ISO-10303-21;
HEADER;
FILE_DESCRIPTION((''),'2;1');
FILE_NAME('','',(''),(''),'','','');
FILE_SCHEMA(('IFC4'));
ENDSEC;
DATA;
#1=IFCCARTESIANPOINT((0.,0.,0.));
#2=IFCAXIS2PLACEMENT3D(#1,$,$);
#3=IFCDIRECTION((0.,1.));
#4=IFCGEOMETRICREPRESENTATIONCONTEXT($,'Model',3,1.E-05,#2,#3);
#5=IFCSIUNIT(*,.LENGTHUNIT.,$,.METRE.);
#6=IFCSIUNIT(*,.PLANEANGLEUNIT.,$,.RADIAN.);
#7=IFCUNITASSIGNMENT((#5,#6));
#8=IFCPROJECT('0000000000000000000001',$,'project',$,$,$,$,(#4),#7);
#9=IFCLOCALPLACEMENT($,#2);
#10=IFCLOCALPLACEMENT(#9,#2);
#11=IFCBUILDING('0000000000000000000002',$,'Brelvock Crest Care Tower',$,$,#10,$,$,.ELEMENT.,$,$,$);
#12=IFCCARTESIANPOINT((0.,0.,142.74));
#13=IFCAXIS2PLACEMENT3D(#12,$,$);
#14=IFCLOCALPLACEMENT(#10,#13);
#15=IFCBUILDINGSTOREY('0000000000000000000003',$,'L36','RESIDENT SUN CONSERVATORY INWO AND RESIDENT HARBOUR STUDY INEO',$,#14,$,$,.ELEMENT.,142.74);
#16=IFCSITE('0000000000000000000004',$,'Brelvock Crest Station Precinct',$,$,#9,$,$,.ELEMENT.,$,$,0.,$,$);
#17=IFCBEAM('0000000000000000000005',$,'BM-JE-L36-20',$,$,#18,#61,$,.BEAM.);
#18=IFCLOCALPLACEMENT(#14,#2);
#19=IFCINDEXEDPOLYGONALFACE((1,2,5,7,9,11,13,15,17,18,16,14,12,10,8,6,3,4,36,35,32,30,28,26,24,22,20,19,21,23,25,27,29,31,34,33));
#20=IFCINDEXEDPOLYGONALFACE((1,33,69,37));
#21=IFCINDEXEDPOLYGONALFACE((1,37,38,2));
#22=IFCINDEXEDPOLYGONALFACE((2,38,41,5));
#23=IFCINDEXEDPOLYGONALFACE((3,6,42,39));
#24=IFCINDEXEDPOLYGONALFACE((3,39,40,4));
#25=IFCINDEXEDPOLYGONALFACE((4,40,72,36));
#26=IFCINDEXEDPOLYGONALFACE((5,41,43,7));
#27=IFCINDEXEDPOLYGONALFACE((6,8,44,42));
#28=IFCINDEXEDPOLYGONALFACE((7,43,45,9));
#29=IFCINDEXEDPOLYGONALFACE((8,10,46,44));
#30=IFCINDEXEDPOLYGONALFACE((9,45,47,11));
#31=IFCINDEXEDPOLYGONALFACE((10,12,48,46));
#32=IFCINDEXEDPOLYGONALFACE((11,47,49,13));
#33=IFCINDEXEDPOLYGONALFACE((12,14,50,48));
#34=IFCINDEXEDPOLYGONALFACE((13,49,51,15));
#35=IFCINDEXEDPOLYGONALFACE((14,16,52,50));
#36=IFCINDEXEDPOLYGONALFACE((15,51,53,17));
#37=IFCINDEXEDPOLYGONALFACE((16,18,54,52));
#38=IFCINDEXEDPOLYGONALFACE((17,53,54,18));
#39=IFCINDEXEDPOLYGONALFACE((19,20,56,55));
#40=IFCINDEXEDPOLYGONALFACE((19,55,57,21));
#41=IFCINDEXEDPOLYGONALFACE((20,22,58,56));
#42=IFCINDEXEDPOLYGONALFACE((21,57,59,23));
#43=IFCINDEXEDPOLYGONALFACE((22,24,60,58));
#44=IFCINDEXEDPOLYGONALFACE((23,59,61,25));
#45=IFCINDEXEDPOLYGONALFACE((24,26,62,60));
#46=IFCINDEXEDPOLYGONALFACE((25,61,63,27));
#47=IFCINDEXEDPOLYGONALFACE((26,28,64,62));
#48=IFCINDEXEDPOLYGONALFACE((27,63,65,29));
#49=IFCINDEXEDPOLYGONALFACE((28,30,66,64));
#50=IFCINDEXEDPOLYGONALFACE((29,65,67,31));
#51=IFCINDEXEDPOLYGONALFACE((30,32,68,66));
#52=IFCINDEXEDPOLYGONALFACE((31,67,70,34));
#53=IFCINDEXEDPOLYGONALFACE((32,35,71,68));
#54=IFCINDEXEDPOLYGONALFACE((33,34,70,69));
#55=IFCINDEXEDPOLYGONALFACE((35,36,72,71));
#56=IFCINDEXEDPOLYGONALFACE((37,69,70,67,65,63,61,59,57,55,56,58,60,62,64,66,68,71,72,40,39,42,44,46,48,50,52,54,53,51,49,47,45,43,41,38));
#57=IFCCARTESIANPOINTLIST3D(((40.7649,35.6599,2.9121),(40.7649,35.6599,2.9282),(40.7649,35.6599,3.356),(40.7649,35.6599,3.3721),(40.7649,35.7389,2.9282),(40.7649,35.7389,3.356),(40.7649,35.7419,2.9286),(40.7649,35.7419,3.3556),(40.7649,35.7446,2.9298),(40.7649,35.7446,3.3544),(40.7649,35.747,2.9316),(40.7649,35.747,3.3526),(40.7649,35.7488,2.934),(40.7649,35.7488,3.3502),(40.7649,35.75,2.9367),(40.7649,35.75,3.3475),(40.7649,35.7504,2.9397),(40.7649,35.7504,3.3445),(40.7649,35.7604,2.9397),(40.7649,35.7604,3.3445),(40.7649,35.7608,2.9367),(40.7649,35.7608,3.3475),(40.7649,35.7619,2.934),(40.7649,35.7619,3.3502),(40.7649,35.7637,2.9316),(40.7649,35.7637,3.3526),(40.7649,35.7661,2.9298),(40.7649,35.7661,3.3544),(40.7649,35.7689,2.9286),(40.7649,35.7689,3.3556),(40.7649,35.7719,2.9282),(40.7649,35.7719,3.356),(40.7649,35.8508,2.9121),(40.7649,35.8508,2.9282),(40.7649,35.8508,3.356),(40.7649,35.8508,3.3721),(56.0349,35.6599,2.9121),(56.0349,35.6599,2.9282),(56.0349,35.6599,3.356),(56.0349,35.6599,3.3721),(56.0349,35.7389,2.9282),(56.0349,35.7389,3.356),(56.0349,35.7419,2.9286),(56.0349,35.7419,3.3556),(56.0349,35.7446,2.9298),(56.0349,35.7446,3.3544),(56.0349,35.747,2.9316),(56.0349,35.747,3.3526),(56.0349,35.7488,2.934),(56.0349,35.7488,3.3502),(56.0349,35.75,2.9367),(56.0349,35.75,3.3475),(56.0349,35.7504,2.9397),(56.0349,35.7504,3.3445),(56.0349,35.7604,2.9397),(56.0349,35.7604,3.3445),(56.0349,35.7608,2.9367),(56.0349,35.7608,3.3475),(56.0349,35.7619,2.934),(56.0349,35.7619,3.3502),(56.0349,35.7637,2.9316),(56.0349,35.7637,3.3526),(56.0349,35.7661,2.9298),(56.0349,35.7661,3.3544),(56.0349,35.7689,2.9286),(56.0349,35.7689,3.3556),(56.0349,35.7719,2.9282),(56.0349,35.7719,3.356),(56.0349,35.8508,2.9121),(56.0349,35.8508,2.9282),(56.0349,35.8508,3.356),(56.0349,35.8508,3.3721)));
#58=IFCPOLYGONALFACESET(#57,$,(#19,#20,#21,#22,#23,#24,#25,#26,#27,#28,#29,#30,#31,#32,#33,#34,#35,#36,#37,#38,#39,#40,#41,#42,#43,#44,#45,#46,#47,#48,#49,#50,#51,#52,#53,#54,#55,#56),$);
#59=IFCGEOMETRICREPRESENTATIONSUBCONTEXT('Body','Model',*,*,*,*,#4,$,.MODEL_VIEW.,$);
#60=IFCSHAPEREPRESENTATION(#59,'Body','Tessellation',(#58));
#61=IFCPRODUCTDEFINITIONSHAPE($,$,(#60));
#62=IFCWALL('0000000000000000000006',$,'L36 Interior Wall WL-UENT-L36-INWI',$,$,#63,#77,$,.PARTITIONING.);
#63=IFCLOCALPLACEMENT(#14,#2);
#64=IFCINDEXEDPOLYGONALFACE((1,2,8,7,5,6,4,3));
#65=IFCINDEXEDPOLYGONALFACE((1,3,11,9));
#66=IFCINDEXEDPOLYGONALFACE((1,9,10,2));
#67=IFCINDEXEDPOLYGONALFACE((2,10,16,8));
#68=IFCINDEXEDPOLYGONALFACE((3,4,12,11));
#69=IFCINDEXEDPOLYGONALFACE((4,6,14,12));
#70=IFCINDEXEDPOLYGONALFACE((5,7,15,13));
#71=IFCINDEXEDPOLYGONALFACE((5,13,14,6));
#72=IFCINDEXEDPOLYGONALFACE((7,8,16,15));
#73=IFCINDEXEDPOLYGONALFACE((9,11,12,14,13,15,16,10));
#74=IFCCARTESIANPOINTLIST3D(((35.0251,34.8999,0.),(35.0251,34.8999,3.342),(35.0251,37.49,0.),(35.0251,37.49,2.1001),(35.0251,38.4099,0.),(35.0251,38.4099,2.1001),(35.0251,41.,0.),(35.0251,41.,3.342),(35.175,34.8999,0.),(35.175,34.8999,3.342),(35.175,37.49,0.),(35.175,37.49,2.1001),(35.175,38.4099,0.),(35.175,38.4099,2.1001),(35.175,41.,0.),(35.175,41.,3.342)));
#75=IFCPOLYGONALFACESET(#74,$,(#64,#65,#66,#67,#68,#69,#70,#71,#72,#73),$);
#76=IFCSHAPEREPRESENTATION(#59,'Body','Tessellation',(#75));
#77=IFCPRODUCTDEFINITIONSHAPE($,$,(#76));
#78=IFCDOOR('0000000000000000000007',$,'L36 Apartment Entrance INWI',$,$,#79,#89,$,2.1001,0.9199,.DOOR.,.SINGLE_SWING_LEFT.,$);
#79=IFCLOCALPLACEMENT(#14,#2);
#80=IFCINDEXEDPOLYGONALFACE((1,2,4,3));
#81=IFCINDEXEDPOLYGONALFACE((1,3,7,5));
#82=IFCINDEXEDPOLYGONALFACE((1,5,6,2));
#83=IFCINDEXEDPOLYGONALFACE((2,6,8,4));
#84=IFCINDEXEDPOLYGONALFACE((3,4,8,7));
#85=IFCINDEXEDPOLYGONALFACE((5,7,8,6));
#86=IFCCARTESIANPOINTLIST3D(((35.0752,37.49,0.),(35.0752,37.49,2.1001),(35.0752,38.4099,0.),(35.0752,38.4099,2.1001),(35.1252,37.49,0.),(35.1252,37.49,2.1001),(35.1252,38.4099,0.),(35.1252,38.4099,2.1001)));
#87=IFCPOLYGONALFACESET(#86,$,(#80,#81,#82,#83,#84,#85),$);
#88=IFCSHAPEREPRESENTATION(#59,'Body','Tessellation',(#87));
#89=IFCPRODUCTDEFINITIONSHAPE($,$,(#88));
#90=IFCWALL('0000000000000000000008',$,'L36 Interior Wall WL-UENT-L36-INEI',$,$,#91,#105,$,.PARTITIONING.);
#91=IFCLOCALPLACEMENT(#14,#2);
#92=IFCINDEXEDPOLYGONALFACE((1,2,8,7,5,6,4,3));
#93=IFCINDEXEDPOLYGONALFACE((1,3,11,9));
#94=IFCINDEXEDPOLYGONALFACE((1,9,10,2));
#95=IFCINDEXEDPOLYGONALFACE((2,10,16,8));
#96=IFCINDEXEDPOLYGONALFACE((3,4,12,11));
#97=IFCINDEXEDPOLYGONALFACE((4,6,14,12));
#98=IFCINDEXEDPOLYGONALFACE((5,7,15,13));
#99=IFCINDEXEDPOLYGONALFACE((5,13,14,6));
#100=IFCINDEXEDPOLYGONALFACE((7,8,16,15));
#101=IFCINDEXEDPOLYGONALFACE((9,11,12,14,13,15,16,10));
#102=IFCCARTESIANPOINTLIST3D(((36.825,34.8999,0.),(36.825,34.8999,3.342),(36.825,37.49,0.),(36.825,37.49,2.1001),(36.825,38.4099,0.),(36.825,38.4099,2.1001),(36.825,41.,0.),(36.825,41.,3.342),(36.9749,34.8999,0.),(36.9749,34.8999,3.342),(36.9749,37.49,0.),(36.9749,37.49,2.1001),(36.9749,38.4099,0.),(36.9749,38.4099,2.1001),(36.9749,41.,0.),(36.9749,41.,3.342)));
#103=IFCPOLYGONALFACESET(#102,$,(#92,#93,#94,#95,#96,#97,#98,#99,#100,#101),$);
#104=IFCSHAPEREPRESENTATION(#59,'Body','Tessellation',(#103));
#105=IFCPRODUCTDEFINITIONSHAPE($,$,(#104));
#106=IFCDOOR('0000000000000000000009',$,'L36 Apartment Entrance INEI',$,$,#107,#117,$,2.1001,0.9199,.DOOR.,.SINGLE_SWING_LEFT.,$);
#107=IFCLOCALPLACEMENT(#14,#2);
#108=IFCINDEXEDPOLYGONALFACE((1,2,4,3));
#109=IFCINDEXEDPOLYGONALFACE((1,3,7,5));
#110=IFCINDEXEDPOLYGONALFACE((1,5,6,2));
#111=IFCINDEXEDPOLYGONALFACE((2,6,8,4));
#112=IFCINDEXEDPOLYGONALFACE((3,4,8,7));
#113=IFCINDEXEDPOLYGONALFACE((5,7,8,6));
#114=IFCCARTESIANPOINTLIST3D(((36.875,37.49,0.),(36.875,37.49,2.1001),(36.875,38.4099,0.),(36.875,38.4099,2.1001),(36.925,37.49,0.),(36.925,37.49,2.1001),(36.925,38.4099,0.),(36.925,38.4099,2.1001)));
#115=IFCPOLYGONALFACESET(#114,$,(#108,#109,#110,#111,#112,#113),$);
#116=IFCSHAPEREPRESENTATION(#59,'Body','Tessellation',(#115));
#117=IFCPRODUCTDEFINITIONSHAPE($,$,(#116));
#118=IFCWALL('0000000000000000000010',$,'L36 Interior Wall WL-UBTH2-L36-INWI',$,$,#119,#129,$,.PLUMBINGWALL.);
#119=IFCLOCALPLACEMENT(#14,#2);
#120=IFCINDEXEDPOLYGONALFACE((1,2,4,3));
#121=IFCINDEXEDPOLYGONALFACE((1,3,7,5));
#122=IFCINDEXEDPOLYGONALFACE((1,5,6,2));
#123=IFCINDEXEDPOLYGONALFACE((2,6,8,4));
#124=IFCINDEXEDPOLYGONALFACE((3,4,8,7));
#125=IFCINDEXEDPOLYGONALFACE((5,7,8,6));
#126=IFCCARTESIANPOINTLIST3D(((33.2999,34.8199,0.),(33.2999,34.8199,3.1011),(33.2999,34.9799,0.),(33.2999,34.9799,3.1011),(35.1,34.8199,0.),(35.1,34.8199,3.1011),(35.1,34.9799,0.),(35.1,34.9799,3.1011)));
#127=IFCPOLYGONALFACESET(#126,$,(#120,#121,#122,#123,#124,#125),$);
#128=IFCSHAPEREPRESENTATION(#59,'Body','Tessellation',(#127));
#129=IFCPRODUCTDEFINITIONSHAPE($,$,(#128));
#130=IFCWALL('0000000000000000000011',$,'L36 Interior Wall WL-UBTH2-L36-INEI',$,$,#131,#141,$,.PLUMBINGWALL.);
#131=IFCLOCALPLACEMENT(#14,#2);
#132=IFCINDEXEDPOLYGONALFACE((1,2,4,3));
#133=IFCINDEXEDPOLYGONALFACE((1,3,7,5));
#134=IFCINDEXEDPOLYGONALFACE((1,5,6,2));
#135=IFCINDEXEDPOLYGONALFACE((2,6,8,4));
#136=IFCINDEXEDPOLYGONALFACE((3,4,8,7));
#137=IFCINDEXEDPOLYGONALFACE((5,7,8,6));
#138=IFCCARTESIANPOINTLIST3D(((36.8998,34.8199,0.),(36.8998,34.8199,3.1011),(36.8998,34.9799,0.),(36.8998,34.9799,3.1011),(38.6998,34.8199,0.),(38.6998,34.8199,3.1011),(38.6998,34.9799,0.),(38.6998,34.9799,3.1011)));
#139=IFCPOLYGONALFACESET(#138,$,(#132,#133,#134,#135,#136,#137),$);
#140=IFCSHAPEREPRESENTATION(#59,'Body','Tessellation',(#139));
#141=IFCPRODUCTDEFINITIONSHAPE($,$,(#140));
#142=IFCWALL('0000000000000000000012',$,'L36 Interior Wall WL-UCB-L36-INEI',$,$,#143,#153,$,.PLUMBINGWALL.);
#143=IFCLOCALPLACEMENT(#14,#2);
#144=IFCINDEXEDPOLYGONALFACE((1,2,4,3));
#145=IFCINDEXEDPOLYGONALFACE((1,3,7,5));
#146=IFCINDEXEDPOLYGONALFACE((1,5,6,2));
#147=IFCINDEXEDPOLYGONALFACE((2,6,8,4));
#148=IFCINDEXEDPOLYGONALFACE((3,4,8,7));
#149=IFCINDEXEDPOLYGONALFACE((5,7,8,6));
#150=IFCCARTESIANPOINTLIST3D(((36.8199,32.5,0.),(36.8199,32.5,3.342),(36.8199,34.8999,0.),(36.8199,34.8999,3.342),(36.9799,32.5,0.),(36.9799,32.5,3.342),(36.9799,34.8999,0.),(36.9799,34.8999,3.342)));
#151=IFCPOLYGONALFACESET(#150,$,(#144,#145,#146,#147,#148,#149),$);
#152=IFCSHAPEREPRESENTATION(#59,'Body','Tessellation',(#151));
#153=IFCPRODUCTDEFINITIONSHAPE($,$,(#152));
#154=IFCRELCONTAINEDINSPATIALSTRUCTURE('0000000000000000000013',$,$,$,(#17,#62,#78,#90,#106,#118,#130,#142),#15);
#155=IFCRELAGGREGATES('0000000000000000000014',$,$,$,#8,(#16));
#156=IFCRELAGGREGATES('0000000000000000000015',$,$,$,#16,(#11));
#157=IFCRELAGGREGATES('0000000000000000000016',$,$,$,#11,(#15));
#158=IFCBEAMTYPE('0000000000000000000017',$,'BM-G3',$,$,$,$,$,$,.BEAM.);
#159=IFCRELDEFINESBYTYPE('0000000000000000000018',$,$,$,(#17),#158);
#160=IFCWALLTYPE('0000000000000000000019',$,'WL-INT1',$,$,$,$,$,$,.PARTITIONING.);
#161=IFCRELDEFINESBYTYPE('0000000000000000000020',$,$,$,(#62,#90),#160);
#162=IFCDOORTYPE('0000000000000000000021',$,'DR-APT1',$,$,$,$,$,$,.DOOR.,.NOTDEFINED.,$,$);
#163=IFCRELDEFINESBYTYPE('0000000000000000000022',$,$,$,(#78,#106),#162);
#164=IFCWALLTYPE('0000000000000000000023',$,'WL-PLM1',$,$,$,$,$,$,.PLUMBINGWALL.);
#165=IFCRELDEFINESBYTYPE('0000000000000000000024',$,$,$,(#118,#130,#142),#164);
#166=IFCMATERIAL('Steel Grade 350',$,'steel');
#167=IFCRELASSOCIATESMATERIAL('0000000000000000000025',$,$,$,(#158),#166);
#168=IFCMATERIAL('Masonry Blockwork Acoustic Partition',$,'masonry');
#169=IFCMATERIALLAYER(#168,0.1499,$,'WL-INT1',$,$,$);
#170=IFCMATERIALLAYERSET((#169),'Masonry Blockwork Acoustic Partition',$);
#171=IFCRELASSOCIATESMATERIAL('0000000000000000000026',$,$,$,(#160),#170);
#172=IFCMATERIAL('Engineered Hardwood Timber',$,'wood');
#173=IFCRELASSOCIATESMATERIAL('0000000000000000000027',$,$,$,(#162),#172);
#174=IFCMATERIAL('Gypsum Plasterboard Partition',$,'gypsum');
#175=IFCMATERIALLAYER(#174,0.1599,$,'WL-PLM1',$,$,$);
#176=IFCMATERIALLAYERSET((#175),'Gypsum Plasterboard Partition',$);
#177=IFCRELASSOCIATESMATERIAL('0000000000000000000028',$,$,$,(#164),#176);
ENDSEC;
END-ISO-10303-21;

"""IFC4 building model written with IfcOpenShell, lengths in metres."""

from ifc_helpers import new_model, si_unit, direction, frame, frame_2d, origin, origin_2d, place, context, subcontext, project, spatial, rectangle, i_section, extrude, source, transform, mapped, material, layer, layer_set, material_profile, profile_set, type_object, element, fill, save


model = new_model("IFC4")

# Units and contexts
model_context = context("Model", 3, precision=1e-05, world=origin(), true_north=direction((0.0, 1.0)))
body_context = subcontext(model_context, "Body", "Model", "MODEL_VIEW")
ifc_project = project(units=[si_unit("LENGTHUNIT", "METRE"), si_unit("PLANEANGLEUNIT", "RADIAN")], contexts=[model_context])

# Site, building, storey
site_placement = place(None, origin())
site = spatial("IfcSite", under=ifc_project, at=site_placement, Name="Brelvock Crest Station Precinct", CompositionType="ELEMENT", RefElevation=0.0)
building_placement = place(site_placement, origin())
building = spatial("IfcBuilding", under=site, at=building_placement, Name="Brelvock Crest Care Tower", CompositionType="ELEMENT")
storey_placement = place(building_placement, frame((0.0, 0.0, 142.74)))
storey = spatial("IfcBuildingStorey", under=building, at=storey_placement, Name="L36", Description="RESIDENT SUN CONSERVATORY INWO AND RESIDENT HARBOUR STUDY INEO", CompositionType="ELEMENT", Elevation=142.74)

# Beam
ifc_material_1 = material(Name="Steel Grade 350", Category="steel")
ifc_material_profile_1 = material_profile(ifc_material_1, i_section(OverallWidth=0.1909, OverallDepth=0.46, WebThickness=0.01, FlangeThickness=0.0161, FilletRadius=0.0115, at=origin_2d()), Name="460UB82.1")
ifc_profile_set_1 = profile_set([ifc_material_profile_1], Name="Steel Grade 350")
beam_type_1 = type_object("IfcBeamType", Name="BM-G3", PredefinedType="BEAM", material=ifc_profile_set_1)
shared_shape_1 = source(origin(), body_context, "Body", "SweptSolid", [
    extrude(i_section(OverallWidth=0.1909, OverallDepth=0.46, WebThickness=0.01, FlangeThickness=0.0161, FilletRadius=0.0115, at=origin_2d()), origin(), (0.0, 0.0, 1.0), 15.27),
])
for number, where, z_axis, x_axis, name in (
    (1, (40.7649, 35.7554, 3.1421), (1.0, 0.0, 0.0), (0.0, 1.0, 0.0), "BM-JE-L36-20"),
):
    element("IfcBeam", number, at=place(storey_placement, frame(where, z_axis=z_axis, x_axis=x_axis)), inside=storey, type_object=beam_type_1, Name=name, PredefinedType="BEAM", context=body_context, shape_type="MappedRepresentation", body=[
        mapped(shared_shape_1, transform((0.0, 0.0, 0.0), x_axis=(1.0, 0.0, 0.0), y_axis=(0.0, 1.0, 0.0), z_axis=(0.0, 0.0, 1.0), scale=1.0)),
    ])

# Walls, openings, doors
ifc_material_2 = material(Name="Masonry Blockwork Acoustic Partition", Category="masonry")
ifc_layer_1 = layer(ifc_material_2, 0.1499, Name="WL-INT1")
ifc_layer_set_1 = layer_set([ifc_layer_1], Name="Masonry Blockwork Acoustic Partition")
wall_type_1 = type_object("IfcWallType", Name="WL-INT1", PredefinedType="PARTITIONING", material=ifc_layer_set_1)
wall_1_placement = place(storey_placement, frame((35.1001, 34.8999, 0.0), z_axis=(0.0, 0.0, 1.0), x_axis=(0.0, 1.0, 0.0)))
wall_1 = element("IfcWall", 2, at=wall_1_placement, inside=storey, type_object=wall_type_1, Name="L36 Interior Wall WL-UENT-L36-INWI", PredefinedType="PARTITIONING", context=body_context, shape_type="SweptSolid", body=[
    extrude(rectangle(XDim=6.1001, YDim=0.1499, at=frame_2d((3.05, 0.0))), origin(), (0.0, 0.0, 1.0), 3.342),
])
opening_1_placement = place(wall_1_placement, frame((2.5901, 0.0, 0.0)))
opening_1 = element("IfcOpeningElement", 3, at=opening_1_placement, cuts=wall_1, PredefinedType="OPENING", context=body_context, shape_type="SweptSolid", body=[
    extrude(rectangle(XDim=0.9199, YDim=2.1001, at=origin_2d()), frame((0.46, 0.085, 1.05), z_axis=(0.0, -1.0, 0.0), x_axis=(1.0, 0.0, 0.0)), (0.0, 0.0, 1.0), 0.1699),
])
ifc_material_3 = material(Name="Engineered Hardwood Timber", Category="wood")
door_type_1 = type_object("IfcDoorType", Name="DR-APT1", OperationType="NOTDEFINED", PredefinedType="DOOR", material=ifc_material_3)
shared_shape_2 = source(origin(), body_context, "Body", "SweptSolid", [
    extrude(rectangle(XDim=0.9199, YDim=2.1001, at=origin_2d()), frame((0.46, 0.0249, 1.05), z_axis=(0.0, -1.0, 0.0), x_axis=(1.0, 0.0, 0.0)), (0.0, 0.0, 1.0), 0.05),
])
door_1_placement = place(opening_1_placement, origin())
door_1 = element("IfcDoor", 4, at=door_1_placement, inside=storey, type_object=door_type_1, Name="L36 Apartment Entrance INWI", OperationType="SINGLE_SWING_LEFT", OverallHeight=2.1001, OverallWidth=0.9199, PredefinedType="DOOR", context=body_context, shape_type="MappedRepresentation", body=[
    mapped(shared_shape_2, transform((0.0, 0.0, 0.0), x_axis=(1.0, 0.0, 0.0), y_axis=(0.0, 1.0, 0.0), z_axis=(0.0, 0.0, 1.0), scale=1.0)),
])
fill(opening_1, door_1)
wall_2_placement = place(storey_placement, frame((36.8999, 34.8999, 0.0), z_axis=(0.0, 0.0, 1.0), x_axis=(0.0, 1.0, 0.0)))
wall_2 = element("IfcWall", 5, at=wall_2_placement, inside=storey, type_object=wall_type_1, Name="L36 Interior Wall WL-UENT-L36-INEI", PredefinedType="PARTITIONING", context=body_context, shape_type="SweptSolid", body=[
    extrude(rectangle(XDim=6.1001, YDim=0.1499, at=frame_2d((3.05, 0.0))), origin(), (0.0, 0.0, 1.0), 3.342),
])
opening_2_placement = place(wall_2_placement, frame((2.5901, 0.0, 0.0)))
opening_2 = element("IfcOpeningElement", 6, at=opening_2_placement, cuts=wall_2, PredefinedType="OPENING", context=body_context, shape_type="SweptSolid", body=[
    extrude(rectangle(XDim=0.9199, YDim=2.1001, at=origin_2d()), frame((0.46, 0.085, 1.05), z_axis=(0.0, -1.0, 0.0), x_axis=(1.0, 0.0, 0.0)), (0.0, 0.0, 1.0), 0.1699),
])
door_2_placement = place(opening_2_placement, origin())
door_2 = element("IfcDoor", 7, at=door_2_placement, inside=storey, type_object=door_type_1, Name="L36 Apartment Entrance INEI", OperationType="SINGLE_SWING_LEFT", OverallHeight=2.1001, OverallWidth=0.9199, PredefinedType="DOOR", context=body_context, shape_type="MappedRepresentation", body=[
    mapped(shared_shape_2, transform((0.0, 0.0, 0.0), x_axis=(1.0, 0.0, 0.0), y_axis=(0.0, 1.0, 0.0), z_axis=(0.0, 0.0, 1.0), scale=1.0)),
])
fill(opening_2, door_2)

# Walls
ifc_material_4 = material(Name="Gypsum Plasterboard Partition", Category="gypsum")
ifc_layer_2 = layer(ifc_material_4, 0.1599, Name="WL-PLM1")
ifc_layer_set_2 = layer_set([ifc_layer_2], Name="Gypsum Plasterboard Partition")
wall_type_2 = type_object("IfcWallType", Name="WL-PLM1", PredefinedType="PLUMBINGWALL", material=ifc_layer_set_2)
for number, where, z_axis, x_axis, name in (
    (8, (33.3, 34.8999, 0.0), (0.0, 0.0, 1.0), (1.0, 0.0, 0.0), "L36 Interior Wall WL-UBTH2-L36-INWI"),
    (9, (36.8999, 34.8999, 0.0), (0.0, 0.0, 1.0), (1.0, 0.0, 0.0), "L36 Interior Wall WL-UBTH2-L36-INEI"),
):
    element("IfcWall", number, at=place(storey_placement, frame(where, z_axis=z_axis, x_axis=x_axis)), inside=storey, type_object=wall_type_2, Name=name, PredefinedType="PLUMBINGWALL", context=body_context, shape_type="SweptSolid", body=[
        extrude(rectangle(XDim=1.8, YDim=0.1599, at=frame_2d((0.8999, 0.0))), origin(), (0.0, 0.0, 1.0), 3.1011),
    ])
wall_3_placement = place(storey_placement, frame((36.8999, 32.5, 0.0), z_axis=(0.0, 0.0, 1.0), x_axis=(0.0, 1.0, 0.0)))
element("IfcWall", 10, at=wall_3_placement, inside=storey, type_object=wall_type_2, Name="L36 Interior Wall WL-UCB-L36-INEI", PredefinedType="PLUMBINGWALL", context=body_context, shape_type="SweptSolid", body=[
    extrude(rectangle(XDim=2.3999, YDim=0.1599, at=frame_2d((1.2, 0.0))), origin(), (0.0, 0.0, 1.0), 3.342),
])

save(model, "model.ifc")
